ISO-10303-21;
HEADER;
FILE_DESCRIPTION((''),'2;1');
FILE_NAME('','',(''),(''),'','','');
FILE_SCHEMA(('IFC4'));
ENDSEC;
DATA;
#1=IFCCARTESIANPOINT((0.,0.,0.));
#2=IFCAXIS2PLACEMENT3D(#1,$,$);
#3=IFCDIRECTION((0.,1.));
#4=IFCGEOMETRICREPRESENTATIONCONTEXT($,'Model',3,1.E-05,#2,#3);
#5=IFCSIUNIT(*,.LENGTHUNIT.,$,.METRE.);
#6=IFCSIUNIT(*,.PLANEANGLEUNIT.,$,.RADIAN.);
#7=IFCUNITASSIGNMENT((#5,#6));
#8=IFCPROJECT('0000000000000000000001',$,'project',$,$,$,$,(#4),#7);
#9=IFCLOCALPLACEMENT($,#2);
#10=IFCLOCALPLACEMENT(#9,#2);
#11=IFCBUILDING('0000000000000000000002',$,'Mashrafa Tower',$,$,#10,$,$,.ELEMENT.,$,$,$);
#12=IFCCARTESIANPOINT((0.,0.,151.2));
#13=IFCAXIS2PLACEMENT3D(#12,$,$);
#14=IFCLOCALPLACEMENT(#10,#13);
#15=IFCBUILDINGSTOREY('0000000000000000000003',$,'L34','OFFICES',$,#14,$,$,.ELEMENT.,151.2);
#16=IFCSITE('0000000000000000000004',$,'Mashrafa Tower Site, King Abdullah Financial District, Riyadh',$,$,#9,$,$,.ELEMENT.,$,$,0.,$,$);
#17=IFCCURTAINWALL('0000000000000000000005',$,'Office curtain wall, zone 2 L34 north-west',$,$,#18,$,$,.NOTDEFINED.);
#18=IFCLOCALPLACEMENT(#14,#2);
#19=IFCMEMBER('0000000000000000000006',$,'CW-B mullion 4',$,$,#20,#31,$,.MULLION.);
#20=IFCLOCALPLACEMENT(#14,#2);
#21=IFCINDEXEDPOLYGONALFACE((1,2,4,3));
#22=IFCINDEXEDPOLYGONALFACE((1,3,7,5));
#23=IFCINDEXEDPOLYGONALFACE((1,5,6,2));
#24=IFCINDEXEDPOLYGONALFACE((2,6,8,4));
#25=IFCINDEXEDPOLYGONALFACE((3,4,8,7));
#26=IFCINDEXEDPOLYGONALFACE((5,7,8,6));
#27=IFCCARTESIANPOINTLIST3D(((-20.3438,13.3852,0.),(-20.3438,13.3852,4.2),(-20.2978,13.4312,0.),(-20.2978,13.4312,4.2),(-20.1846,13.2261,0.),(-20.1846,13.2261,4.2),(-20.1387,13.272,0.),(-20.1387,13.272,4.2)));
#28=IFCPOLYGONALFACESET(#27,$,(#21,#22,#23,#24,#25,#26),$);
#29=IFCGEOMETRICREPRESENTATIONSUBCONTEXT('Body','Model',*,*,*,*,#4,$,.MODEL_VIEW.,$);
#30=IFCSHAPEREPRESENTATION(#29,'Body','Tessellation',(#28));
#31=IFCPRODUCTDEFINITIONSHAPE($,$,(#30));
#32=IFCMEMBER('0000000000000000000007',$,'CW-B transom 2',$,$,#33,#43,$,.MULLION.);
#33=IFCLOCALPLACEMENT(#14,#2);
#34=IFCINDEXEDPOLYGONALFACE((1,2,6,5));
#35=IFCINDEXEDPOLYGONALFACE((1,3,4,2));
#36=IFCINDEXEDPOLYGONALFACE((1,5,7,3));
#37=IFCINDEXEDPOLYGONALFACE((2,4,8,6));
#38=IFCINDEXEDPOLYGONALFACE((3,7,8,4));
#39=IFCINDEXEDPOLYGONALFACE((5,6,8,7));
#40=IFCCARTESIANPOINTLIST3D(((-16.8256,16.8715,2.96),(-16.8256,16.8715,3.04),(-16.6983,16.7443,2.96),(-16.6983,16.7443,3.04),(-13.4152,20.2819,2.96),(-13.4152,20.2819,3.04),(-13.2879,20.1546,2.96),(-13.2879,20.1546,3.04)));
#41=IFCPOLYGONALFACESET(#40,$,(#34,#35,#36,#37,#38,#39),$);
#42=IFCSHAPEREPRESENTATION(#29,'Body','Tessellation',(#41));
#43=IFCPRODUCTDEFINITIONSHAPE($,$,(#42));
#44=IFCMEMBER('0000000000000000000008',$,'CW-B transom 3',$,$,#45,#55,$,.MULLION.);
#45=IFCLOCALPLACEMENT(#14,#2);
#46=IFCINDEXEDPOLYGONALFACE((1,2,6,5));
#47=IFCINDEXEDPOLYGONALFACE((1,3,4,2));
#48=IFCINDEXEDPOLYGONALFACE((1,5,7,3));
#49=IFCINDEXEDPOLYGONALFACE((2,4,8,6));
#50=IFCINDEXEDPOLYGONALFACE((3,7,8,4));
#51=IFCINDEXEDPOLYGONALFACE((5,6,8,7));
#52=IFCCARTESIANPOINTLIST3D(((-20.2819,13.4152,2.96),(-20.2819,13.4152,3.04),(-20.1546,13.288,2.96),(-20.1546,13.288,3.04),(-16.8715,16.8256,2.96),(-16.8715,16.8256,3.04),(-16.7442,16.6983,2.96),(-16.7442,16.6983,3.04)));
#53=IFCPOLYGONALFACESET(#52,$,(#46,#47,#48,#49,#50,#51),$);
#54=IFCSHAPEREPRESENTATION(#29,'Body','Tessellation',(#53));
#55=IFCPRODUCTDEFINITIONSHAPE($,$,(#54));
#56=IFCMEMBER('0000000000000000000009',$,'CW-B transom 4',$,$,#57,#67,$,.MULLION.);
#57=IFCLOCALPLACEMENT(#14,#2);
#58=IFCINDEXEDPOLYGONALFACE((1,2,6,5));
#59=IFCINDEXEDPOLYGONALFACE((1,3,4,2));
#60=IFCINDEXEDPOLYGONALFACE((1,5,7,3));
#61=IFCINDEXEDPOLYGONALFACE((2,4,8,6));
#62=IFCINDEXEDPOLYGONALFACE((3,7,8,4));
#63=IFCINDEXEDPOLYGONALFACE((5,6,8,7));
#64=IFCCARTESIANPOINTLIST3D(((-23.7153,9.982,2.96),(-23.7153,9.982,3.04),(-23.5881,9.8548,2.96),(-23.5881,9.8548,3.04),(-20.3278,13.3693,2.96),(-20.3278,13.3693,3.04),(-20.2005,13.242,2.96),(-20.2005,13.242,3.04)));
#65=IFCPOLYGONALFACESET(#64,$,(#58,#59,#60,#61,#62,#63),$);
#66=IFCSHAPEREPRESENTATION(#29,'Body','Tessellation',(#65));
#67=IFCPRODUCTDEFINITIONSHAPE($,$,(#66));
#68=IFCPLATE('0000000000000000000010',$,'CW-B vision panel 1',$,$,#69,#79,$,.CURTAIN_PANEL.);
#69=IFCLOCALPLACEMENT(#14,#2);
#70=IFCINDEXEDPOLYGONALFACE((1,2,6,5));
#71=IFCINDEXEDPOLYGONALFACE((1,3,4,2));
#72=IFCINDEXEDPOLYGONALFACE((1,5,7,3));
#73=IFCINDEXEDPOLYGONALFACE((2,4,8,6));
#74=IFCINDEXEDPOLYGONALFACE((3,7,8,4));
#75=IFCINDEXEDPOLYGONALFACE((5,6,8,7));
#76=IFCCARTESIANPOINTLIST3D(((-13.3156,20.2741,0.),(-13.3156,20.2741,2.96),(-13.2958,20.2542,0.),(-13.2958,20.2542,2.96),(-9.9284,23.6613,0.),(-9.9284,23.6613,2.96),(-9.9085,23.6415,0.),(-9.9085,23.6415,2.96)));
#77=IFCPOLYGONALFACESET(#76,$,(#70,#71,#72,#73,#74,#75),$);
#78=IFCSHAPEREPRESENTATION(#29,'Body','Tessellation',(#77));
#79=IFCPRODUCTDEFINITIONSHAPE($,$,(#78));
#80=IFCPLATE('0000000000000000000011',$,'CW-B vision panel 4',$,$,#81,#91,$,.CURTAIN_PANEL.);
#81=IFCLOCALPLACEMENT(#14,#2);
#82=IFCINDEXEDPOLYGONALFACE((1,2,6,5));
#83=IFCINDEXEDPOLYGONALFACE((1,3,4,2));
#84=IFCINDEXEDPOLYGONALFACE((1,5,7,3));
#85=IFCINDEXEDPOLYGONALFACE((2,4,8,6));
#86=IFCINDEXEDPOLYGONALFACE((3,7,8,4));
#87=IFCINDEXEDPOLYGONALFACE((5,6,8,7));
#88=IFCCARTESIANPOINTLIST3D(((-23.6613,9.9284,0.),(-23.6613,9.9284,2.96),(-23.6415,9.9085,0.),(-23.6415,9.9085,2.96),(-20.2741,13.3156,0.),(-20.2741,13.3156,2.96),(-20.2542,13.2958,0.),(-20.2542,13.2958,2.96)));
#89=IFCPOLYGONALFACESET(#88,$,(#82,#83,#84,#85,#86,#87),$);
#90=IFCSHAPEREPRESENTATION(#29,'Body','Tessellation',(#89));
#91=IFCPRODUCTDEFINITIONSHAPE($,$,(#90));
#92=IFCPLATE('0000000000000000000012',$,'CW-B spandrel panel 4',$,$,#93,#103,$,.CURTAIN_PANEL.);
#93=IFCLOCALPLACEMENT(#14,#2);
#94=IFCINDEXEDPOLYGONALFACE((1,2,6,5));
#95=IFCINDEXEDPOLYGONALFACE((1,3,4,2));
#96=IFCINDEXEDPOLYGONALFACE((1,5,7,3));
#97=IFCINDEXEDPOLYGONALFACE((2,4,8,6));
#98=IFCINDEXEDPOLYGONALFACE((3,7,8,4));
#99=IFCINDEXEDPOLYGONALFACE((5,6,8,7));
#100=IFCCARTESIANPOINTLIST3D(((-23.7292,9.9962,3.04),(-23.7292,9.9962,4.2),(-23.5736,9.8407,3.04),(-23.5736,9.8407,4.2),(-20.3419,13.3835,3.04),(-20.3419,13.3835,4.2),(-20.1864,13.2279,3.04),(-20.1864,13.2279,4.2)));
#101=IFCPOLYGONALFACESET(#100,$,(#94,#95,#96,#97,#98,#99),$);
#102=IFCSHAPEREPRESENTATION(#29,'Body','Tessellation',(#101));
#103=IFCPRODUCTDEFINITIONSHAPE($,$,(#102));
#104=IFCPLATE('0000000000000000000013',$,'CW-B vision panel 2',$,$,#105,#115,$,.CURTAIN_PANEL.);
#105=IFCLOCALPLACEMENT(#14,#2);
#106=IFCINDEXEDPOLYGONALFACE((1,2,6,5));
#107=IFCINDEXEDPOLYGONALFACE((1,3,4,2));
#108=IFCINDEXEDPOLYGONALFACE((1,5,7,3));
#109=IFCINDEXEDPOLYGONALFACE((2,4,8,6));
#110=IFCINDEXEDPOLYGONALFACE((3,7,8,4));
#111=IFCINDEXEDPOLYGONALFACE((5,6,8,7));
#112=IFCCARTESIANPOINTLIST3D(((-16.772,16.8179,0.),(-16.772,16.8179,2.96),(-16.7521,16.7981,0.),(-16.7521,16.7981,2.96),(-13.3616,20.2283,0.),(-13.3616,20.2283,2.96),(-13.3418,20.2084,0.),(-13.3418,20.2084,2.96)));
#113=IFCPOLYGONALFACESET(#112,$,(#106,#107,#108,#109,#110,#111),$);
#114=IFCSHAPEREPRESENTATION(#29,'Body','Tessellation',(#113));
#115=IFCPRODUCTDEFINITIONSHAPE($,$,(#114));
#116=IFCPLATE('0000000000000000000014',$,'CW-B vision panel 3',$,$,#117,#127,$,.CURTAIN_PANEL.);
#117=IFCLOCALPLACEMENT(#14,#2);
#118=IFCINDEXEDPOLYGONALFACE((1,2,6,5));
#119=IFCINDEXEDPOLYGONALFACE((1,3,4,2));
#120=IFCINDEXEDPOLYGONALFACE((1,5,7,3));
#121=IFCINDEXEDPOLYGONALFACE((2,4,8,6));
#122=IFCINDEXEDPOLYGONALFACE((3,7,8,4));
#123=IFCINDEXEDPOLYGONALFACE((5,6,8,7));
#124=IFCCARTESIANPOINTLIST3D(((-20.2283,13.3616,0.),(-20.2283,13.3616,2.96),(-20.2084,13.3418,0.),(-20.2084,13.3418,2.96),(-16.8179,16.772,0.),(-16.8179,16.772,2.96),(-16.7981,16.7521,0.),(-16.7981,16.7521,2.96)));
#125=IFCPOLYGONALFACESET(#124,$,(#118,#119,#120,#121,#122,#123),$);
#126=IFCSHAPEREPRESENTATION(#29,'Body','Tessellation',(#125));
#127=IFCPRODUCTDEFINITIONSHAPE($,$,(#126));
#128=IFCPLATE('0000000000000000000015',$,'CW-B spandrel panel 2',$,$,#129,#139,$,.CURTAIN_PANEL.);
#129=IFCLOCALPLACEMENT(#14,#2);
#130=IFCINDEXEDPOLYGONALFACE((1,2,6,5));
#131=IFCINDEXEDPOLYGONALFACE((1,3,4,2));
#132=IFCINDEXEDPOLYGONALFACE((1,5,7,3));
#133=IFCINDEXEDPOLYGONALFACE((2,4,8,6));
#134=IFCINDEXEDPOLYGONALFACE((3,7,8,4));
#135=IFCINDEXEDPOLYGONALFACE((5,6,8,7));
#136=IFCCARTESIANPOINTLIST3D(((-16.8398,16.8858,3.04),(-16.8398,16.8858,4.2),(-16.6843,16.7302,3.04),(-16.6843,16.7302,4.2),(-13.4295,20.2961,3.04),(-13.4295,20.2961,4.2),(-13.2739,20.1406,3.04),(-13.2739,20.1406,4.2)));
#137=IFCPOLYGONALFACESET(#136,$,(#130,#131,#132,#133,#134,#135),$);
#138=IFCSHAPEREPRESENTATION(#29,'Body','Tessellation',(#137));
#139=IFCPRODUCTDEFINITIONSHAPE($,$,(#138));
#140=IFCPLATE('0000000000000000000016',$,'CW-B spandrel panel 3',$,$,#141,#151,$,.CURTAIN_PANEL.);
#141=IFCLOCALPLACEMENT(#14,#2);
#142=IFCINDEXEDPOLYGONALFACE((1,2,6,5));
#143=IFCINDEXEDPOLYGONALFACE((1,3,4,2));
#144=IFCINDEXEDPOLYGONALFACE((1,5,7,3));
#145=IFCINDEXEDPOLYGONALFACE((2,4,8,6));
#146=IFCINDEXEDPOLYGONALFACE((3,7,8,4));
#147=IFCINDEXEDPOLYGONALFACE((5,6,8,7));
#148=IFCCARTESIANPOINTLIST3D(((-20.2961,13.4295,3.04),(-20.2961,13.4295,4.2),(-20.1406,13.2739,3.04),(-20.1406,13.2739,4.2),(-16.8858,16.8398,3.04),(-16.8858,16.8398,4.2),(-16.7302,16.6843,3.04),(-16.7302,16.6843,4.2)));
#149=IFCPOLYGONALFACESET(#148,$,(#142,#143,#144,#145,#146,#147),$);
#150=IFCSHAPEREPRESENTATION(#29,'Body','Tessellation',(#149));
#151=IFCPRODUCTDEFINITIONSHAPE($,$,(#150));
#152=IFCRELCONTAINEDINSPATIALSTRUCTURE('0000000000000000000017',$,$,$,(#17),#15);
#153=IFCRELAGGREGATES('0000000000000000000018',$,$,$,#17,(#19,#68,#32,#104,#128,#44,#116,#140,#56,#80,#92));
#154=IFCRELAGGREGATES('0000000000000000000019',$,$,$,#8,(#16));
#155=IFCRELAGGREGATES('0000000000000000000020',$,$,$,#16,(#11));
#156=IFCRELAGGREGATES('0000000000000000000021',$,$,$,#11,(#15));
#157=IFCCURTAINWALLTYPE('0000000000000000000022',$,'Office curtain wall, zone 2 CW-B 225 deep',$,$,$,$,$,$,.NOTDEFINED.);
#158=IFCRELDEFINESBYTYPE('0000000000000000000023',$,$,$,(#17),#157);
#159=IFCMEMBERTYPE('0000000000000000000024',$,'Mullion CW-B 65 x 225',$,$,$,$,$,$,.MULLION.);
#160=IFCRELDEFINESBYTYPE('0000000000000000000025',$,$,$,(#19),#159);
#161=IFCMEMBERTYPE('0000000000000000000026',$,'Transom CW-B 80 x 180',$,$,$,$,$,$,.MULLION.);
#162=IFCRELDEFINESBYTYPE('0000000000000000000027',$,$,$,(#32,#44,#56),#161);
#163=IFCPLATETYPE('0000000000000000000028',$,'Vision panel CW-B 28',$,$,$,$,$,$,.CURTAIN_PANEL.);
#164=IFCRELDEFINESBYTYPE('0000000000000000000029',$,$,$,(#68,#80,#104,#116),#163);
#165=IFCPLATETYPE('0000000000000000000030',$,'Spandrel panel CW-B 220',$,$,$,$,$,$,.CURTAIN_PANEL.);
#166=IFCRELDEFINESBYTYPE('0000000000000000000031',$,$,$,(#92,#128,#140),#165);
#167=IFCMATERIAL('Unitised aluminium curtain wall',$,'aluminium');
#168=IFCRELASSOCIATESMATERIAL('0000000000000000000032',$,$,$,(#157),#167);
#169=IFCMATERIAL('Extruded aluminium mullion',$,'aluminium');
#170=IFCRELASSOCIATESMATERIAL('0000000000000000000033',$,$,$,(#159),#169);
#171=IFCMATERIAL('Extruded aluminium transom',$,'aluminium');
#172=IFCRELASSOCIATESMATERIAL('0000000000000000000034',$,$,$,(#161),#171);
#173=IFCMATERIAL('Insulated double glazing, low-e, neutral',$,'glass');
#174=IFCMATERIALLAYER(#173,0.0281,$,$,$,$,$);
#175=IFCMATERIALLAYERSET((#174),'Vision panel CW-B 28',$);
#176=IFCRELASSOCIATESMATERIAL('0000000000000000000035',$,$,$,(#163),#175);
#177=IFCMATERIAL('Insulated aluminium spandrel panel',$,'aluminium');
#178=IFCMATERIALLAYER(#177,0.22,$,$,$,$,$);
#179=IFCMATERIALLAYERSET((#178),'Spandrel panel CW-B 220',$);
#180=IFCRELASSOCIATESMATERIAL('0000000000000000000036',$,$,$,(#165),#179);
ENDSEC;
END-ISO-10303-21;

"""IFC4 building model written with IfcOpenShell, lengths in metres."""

from ifc_helpers import new_model, si_unit, direction, frame, origin, origin_2d, place, context, subcontext, project, spatial, rectangle, extrude, source, transform, mapped, material, layer, layer_set, material_profile, profile_set, type_object, type_shapes, element, aggregate, save


model = new_model("IFC4")

# Units and contexts
model_context = context("Model", 3, precision=1e-05, world=origin(), true_north=direction((0.0, 1.0)))
body_context = subcontext(model_context, "Body", "Model", "MODEL_VIEW")
ifc_project = project(units=[si_unit("LENGTHUNIT", "METRE"), si_unit("PLANEANGLEUNIT", "RADIAN")], contexts=[model_context])

# Site, building, storey
site_placement = place(None, origin())
site = spatial("IfcSite", under=ifc_project, at=site_placement, Name="Mashrafa Tower Site, King Abdullah Financial District, Riyadh", CompositionType="ELEMENT", RefElevation=0.0)
building_placement = place(site_placement, origin())
building = spatial("IfcBuilding", under=site, at=building_placement, Name="Mashrafa Tower", CompositionType="ELEMENT")
storey_placement = place(building_placement, frame((0.0, 0.0, 151.2)))
storey = spatial("IfcBuildingStorey", under=building, at=storey_placement, Name="L34", Description="OFFICES", CompositionType="ELEMENT", Elevation=151.2)

# Curtain wall, members, plates
ifc_material_1 = material(Name="Unitised aluminium curtain wall", Category="aluminium")
curtain_wall_type = type_object("IfcCurtainWallType", Name="Office curtain wall, zone 2 CW-B 225 deep", PredefinedType="NOTDEFINED", material=ifc_material_1)
curtain_wall_placement = place(storey_placement, origin())
curtain_wall = element("IfcCurtainWall", 1, at=curtain_wall_placement, inside=storey, type_object=curtain_wall_type, Name="Office curtain wall, zone 2 L34 north-west", PredefinedType="NOTDEFINED")
ifc_material_2 = material(Name="Extruded aluminium mullion", Category="aluminium")
ifc_material_profile_1 = material_profile(ifc_material_2, rectangle(XDim=0.2251, YDim=0.0649, at=origin_2d()), Name="Mullion 65x225")
ifc_profile_set_1 = profile_set([ifc_material_profile_1], Name="Extruded aluminium mullion")
member_type_1 = type_object("IfcMemberType", Name="Mullion CW-B 65 x 225", PredefinedType="MULLION", material=ifc_profile_set_1)
shared_shape_1 = source(origin(), body_context, "Body", "SweptSolid", [
    extrude(rectangle(XDim=0.2251, YDim=0.0649, at=origin_2d()), origin(), (0.0, 0.0, 1.0), 4.2),
])
type_shapes(member_type_1, [shared_shape_1])
member_1_placement = place(storey_placement, frame((-20.2412, 13.3286, 0.0), z_axis=(0.0, 0.0, 1.0), x_axis=(0.707107, -0.707107, 0.0)))
member_1 = element("IfcMember", 2, at=member_1_placement, type_object=member_type_1, Name="CW-B mullion 4", PredefinedType="MULLION", context=body_context, shape_type="MappedRepresentation", body=[
    mapped(shared_shape_1, transform((0.0, 0.0, 0.0))),
])
ifc_material_3 = material(Name="Extruded aluminium transom", Category="aluminium")
ifc_material_profile_2 = material_profile(ifc_material_3, rectangle(XDim=0.1799, YDim=0.0801, at=origin_2d()), Name="Transom 80x180")
ifc_profile_set_2 = profile_set([ifc_material_profile_2], Name="Extruded aluminium transom")
member_type_2 = type_object("IfcMemberType", Name="Transom CW-B 80 x 180", PredefinedType="MULLION", material=ifc_profile_set_2)
shared_shape_2 = source(origin(), body_context, "Body", "SweptSolid", [
    extrude(rectangle(XDim=0.1799, YDim=0.0801, at=origin_2d()), origin(), (0.0, 0.0, 1.0), 4.823),
])
member_2_placement = place(storey_placement, frame((-13.3516, 20.2183, 3.0), z_axis=(-0.707107, -0.707107, 0.0), x_axis=(0.707107, -0.707107, 0.0)))
member_2 = element("IfcMember", 3, at=member_2_placement, type_object=member_type_2, Name="CW-B transom 2", PredefinedType="MULLION", context=body_context, shape_type="MappedRepresentation", body=[
    mapped(shared_shape_2, transform((0.0, 0.0, 0.0))),
])
member_3_placement = place(storey_placement, frame((-16.8079, 16.762, 3.0), z_axis=(-0.707107, -0.707107, 0.0), x_axis=(0.707107, -0.707107, 0.0)))
member_3 = element("IfcMember", 4, at=member_3_placement, type_object=member_type_2, Name="CW-B transom 3", PredefinedType="MULLION", context=body_context, shape_type="MappedRepresentation", body=[
    mapped(shared_shape_2, transform((0.0, 0.0, 0.0))),
])
shared_shape_3 = source(origin(), body_context, "Body", "SweptSolid", [
    extrude(rectangle(XDim=0.1799, YDim=0.0801, at=origin_2d()), origin(), (0.0, 0.0, 1.0), 4.7905),
])
type_shapes(member_type_2, [shared_shape_2, shared_shape_3])
member_4_placement = place(storey_placement, frame((-20.2642, 13.3057, 3.0), z_axis=(-0.707132, -0.707081, 0.0), x_axis=(0.707081, -0.707132, 0.0)))
member_4 = element("IfcMember", 5, at=member_4_placement, type_object=member_type_2, Name="CW-B transom 4", PredefinedType="MULLION", context=body_context, shape_type="MappedRepresentation", body=[
    mapped(shared_shape_3, transform((0.0, 0.0, 0.0))),
])
ifc_material_4 = material(Name="Insulated double glazing, low-e, neutral", Category="glass")
ifc_layer_1 = layer(ifc_material_4, 0.0281)
ifc_layer_set_1 = layer_set([ifc_layer_1], Name="Vision panel CW-B 28")
plate_type_1 = type_object("IfcPlateType", Name="Vision panel CW-B 28", PredefinedType="CURTAIN_PANEL", material=ifc_layer_set_1)
shared_shape_4 = source(origin(), body_context, "Body", "SweptSolid", [
    extrude(rectangle(XDim=4.7903, YDim=0.0281, at=origin_2d()), origin(), (0.0, 0.0, 1.0), 2.96),
])
plate_1_placement = place(storey_placement, frame((-11.6121, 21.9578, 0.0), z_axis=(0.0, 0.0, 1.0), x_axis=(-0.707107, -0.707107, 0.0)))
plate_1 = element("IfcPlate", 6, at=plate_1_placement, type_object=plate_type_1, Name="CW-B vision panel 1", PredefinedType="CURTAIN_PANEL", context=body_context, shape_type="MappedRepresentation", body=[
    mapped(shared_shape_4, transform((0.0, 0.0, 0.0))),
])
plate_2_placement = place(storey_placement, frame((-21.9578, 11.6121, 0.0), z_axis=(0.0, 0.0, 1.0), x_axis=(-0.707107, -0.707107, 0.0)))
plate_2 = element("IfcPlate", 7, at=plate_2_placement, type_object=plate_type_1, Name="CW-B vision panel 4", PredefinedType="CURTAIN_PANEL", context=body_context, shape_type="MappedRepresentation", body=[
    mapped(shared_shape_4, transform((0.0, 0.0, 0.0))),
])
ifc_material_5 = material(Name="Insulated aluminium spandrel panel", Category="aluminium")
ifc_layer_2 = layer(ifc_material_5, 0.22)
ifc_layer_set_2 = layer_set([ifc_layer_2], Name="Spandrel panel CW-B 220")
plate_type_2 = type_object("IfcPlateType", Name="Spandrel panel CW-B 220", PredefinedType="CURTAIN_PANEL", material=ifc_layer_set_2)
shared_shape_5 = source(origin(), body_context, "Body", "SweptSolid", [
    extrude(rectangle(XDim=4.7903, YDim=0.22, at=origin_2d()), origin(), (0.0, 0.0, 1.0), 1.1599),
])
plate_3_placement = place(storey_placement, frame((-21.9578, 11.6121, 3.04), z_axis=(0.0, 0.0, 1.0), x_axis=(-0.707107, -0.707107, 0.0)))
plate_3 = element("IfcPlate", 8, at=plate_3_placement, type_object=plate_type_2, Name="CW-B spandrel panel 4", PredefinedType="CURTAIN_PANEL", context=body_context, shape_type="MappedRepresentation", body=[
    mapped(shared_shape_5, transform((0.0, 0.0, 0.0))),
])
shared_shape_6 = source(origin(), body_context, "Body", "SweptSolid", [
    extrude(rectangle(XDim=4.823, YDim=0.0281, at=origin_2d()), origin(), (0.0, 0.0, 1.0), 2.96),
])
type_shapes(plate_type_1, [shared_shape_4, shared_shape_6])
plate_4_placement = place(storey_placement, frame((-15.0569, 18.5132, 0.0), z_axis=(0.0, 0.0, 1.0), x_axis=(-0.707107, -0.707107, 0.0)))
plate_4 = element("IfcPlate", 9, at=plate_4_placement, type_object=plate_type_1, Name="CW-B vision panel 2", PredefinedType="CURTAIN_PANEL", context=body_context, shape_type="MappedRepresentation", body=[
    mapped(shared_shape_6, transform((0.0, 0.0, 0.0))),
])
plate_5_placement = place(storey_placement, frame((-18.5132, 15.0569, 0.0), z_axis=(0.0, 0.0, 1.0), x_axis=(-0.707107, -0.707107, 0.0)))
plate_5 = element("IfcPlate", 10, at=plate_5_placement, type_object=plate_type_1, Name="CW-B vision panel 3", PredefinedType="CURTAIN_PANEL", context=body_context, shape_type="MappedRepresentation", body=[
    mapped(shared_shape_6, transform((0.0, 0.0, 0.0))),
])
shared_shape_7 = source(origin(), body_context, "Body", "SweptSolid", [
    extrude(rectangle(XDim=4.823, YDim=0.22, at=origin_2d()), origin(), (0.0, 0.0, 1.0), 1.1599),
])
type_shapes(plate_type_2, [shared_shape_5, shared_shape_7])
plate_6_placement = place(storey_placement, frame((-15.0569, 18.5132, 3.04), z_axis=(0.0, 0.0, 1.0), x_axis=(-0.707107, -0.707107, 0.0)))
plate_6 = element("IfcPlate", 11, at=plate_6_placement, type_object=plate_type_2, Name="CW-B spandrel panel 2", PredefinedType="CURTAIN_PANEL", context=body_context, shape_type="MappedRepresentation", body=[
    mapped(shared_shape_7, transform((0.0, 0.0, 0.0))),
])
plate_7_placement = place(storey_placement, frame((-18.5132, 15.0569, 3.04), z_axis=(0.0, 0.0, 1.0), x_axis=(-0.707107, -0.707107, 0.0)))
plate_7 = element("IfcPlate", 12, at=plate_7_placement, type_object=plate_type_2, Name="CW-B spandrel panel 3", PredefinedType="CURTAIN_PANEL", context=body_context, shape_type="MappedRepresentation", body=[
    mapped(shared_shape_7, transform((0.0, 0.0, 0.0))),
])
aggregate(curtain_wall, [member_1, plate_1, member_2, plate_4, plate_6, member_3, plate_5, plate_7, member_4, plate_2, plate_3])

save(model, "model.ifc")
